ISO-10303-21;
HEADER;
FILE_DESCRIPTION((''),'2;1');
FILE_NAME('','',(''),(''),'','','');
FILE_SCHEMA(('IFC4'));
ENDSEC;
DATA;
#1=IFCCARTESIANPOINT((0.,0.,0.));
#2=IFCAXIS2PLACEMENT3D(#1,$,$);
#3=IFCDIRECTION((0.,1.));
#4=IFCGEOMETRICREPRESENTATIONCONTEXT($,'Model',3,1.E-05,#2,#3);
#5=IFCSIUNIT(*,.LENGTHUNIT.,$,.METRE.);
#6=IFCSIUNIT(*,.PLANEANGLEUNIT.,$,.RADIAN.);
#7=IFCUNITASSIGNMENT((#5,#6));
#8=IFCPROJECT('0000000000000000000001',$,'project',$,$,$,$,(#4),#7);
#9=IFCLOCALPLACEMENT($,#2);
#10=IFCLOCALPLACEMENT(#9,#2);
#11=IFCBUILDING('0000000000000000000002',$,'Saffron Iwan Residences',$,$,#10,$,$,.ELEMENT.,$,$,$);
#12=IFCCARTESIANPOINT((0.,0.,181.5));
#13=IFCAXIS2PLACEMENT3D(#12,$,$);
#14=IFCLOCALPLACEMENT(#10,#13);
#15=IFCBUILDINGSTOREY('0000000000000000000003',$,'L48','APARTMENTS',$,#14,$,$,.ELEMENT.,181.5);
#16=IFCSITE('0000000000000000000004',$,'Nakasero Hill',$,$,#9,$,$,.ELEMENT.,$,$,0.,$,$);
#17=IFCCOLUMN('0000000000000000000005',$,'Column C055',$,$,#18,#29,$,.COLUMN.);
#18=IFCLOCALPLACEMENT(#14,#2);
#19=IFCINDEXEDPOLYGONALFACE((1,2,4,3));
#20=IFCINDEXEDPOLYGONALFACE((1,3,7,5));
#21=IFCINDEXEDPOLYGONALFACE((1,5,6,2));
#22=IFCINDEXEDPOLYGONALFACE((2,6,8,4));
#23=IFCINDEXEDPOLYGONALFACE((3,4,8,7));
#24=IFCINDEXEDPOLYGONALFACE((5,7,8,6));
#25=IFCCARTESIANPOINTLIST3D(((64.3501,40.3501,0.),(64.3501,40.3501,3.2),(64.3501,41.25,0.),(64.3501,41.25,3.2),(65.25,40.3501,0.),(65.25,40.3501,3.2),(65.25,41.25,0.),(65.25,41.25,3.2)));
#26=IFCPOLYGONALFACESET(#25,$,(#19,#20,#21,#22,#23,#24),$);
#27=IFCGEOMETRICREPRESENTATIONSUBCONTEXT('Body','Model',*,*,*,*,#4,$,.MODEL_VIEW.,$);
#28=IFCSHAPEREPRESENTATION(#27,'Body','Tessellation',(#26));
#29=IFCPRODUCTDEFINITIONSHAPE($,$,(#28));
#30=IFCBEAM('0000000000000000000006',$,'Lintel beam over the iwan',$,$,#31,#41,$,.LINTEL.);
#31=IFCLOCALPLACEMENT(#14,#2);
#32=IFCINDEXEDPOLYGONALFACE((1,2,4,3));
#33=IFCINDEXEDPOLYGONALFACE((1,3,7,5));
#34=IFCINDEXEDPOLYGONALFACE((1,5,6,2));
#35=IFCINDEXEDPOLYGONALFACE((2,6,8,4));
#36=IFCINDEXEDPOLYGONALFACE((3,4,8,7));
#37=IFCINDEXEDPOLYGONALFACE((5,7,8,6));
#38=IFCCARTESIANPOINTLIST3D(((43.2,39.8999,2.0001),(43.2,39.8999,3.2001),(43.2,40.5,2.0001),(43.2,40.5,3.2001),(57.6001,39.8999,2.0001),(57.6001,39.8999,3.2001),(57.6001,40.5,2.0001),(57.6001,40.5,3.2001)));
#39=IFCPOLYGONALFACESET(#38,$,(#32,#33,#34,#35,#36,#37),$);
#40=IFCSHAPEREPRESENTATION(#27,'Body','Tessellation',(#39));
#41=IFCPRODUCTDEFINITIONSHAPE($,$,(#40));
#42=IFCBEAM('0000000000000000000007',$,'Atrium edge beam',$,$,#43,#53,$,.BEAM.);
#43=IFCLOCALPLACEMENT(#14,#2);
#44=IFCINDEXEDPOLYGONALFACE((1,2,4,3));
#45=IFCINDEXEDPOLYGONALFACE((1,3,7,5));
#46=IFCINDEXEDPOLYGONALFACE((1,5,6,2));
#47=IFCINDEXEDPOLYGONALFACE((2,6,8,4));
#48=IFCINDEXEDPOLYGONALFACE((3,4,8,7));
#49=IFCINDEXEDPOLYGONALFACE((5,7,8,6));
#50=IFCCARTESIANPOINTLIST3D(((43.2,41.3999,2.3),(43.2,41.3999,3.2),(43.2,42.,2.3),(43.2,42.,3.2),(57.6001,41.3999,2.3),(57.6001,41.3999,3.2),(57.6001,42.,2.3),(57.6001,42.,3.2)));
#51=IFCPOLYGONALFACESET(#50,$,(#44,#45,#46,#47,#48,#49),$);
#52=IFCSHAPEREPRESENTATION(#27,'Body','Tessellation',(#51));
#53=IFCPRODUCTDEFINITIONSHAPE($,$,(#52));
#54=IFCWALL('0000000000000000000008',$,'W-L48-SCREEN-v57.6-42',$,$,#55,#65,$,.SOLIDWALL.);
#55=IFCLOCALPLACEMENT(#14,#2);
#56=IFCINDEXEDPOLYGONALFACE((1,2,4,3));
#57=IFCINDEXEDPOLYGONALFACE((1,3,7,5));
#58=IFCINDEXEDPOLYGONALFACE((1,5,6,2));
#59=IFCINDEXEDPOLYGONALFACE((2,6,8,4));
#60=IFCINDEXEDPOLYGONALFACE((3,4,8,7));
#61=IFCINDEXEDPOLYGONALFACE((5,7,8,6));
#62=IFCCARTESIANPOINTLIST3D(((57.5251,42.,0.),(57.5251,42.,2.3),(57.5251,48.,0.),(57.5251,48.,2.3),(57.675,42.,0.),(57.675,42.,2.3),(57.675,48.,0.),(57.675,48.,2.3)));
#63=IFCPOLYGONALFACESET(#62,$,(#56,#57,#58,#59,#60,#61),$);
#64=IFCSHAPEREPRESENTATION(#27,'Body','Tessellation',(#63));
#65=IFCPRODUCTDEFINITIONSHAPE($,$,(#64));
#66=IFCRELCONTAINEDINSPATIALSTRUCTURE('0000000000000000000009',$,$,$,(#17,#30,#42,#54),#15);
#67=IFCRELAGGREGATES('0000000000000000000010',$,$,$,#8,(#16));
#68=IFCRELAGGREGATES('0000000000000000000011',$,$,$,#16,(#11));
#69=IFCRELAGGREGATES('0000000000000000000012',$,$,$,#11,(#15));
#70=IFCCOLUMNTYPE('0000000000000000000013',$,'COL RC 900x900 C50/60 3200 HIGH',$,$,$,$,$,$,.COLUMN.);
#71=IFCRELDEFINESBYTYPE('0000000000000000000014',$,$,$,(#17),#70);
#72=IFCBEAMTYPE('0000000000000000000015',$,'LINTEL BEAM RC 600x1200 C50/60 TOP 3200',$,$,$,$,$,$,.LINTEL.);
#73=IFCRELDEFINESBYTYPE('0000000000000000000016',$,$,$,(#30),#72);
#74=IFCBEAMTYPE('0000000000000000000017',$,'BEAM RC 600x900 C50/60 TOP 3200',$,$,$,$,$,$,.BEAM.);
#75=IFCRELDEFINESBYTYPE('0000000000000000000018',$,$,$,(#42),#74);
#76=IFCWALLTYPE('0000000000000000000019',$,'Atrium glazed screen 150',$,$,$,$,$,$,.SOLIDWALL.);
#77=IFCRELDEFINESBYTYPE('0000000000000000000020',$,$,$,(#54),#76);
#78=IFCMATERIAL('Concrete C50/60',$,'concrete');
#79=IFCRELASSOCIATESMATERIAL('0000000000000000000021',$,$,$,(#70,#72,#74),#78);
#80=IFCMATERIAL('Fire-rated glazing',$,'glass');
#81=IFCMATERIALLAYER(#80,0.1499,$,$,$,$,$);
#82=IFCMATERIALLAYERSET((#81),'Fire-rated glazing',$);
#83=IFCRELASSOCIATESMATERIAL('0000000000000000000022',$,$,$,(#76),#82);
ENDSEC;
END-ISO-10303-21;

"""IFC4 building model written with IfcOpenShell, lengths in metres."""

from ifc_helpers import new_model, si_unit, direction, frame, frame_2d, origin, origin_2d, place, context, subcontext, project, spatial, rectangle, extrude, source, transform, mapped, material, layer, layer_set, material_profile, profile_set, type_object, element, save


model = new_model("IFC4")

# Units and contexts
model_context = context("Model", 3, precision=1e-05, world=origin(), true_north=direction((0.0, 1.0)))
body_context = subcontext(model_context, "Body", "Model", "MODEL_VIEW")
ifc_project = project(units=[si_unit("LENGTHUNIT", "METRE"), si_unit("PLANEANGLEUNIT", "RADIAN")], contexts=[model_context])

# Site, building, storey
site_placement = place(None, origin())
site = spatial("IfcSite", under=ifc_project, at=site_placement, Name="Nakasero Hill", CompositionType="ELEMENT", RefElevation=0.0)
building_placement = place(site_placement, origin())
building = spatial("IfcBuilding", under=site, at=building_placement, Name="Saffron Iwan Residences", CompositionType="ELEMENT")
storey_placement = place(building_placement, frame((0.0, 0.0, 181.5)))
storey = spatial("IfcBuildingStorey", under=building, at=storey_placement, Name="L48", Description="APARTMENTS", CompositionType="ELEMENT", Elevation=181.5)

# Column
ifc_material_1 = material(Name="Concrete C50/60", Category="concrete")
ifc_material_profile_1 = material_profile(ifc_material_1, rectangle(XDim=0.8999, YDim=0.8999, at=origin_2d()), Name="RC 900x900")
ifc_profile_set_1 = profile_set([ifc_material_profile_1], Name="Concrete C50/60")
column_type = type_object("IfcColumnType", Name="COL RC 900x900 C50/60 3200 HIGH", PredefinedType="COLUMN", material=ifc_profile_set_1)
shared_shape_1 = source(origin(), body_context, "Body", "SweptSolid", [
    extrude(rectangle(XDim=0.8999, YDim=0.8999, at=origin_2d()), origin(), (0.0, 0.0, 1.0), 3.2),
])
column_placement = place(storey_placement, frame((64.8, 40.8, 0.0), z_axis=(0.0, 0.0, 1.0), x_axis=(1.0, 0.0, 0.0)))
element("IfcColumn", 1, at=column_placement, inside=storey, type_object=column_type, Name="Column C055", PredefinedType="COLUMN", context=body_context, shape_type="MappedRepresentation", body=[
    mapped(shared_shape_1, transform((0.0, 0.0, 0.0))),
])

# Beams
ifc_material_profile_2 = material_profile(ifc_material_1, rectangle(XDim=0.6001, YDim=1.2, at=origin_2d()), Name="RC 600x1200")
ifc_profile_set_2 = profile_set([ifc_material_profile_2], Name="Concrete C50/60")
beam_type_1 = type_object("IfcBeamType", Name="LINTEL BEAM RC 600x1200 C50/60 TOP 3200", PredefinedType="LINTEL", material=ifc_profile_set_2)
shared_shape_2 = source(origin(), body_context, "Body", "SweptSolid", [
    extrude(rectangle(XDim=0.6001, YDim=1.2, at=origin_2d()), origin(), (0.0, 0.0, 1.0), 14.4001),
])
beam_1_placement = place(storey_placement, frame((57.6001, 40.2, 2.6001), z_axis=(-1.0, 0.0, 0.0), x_axis=(0.0, -1.0, 0.0)))
element("IfcBeam", 2, at=beam_1_placement, inside=storey, type_object=beam_type_1, Name="Lintel beam over the iwan", PredefinedType="LINTEL", context=body_context, shape_type="MappedRepresentation", body=[
    mapped(shared_shape_2, transform((0.0, 0.0, 0.0))),
])
ifc_material_profile_3 = material_profile(ifc_material_1, rectangle(XDim=0.6001, YDim=0.8999, at=origin_2d()), Name="RC 600x900")
ifc_profile_set_3 = profile_set([ifc_material_profile_3], Name="Concrete C50/60")
beam_type_2 = type_object("IfcBeamType", Name="BEAM RC 600x900 C50/60 TOP 3200", PredefinedType="BEAM", material=ifc_profile_set_3)
shared_shape_3 = source(origin(), body_context, "Body", "SweptSolid", [
    extrude(rectangle(XDim=0.6001, YDim=0.8999, at=origin_2d()), origin(), (0.0, 0.0, 1.0), 14.4001),
])
beam_2_placement = place(storey_placement, frame((57.6001, 41.7, 2.75), z_axis=(-1.0, 0.0, 0.0), x_axis=(0.0, -1.0, 0.0)))
element("IfcBeam", 3, at=beam_2_placement, inside=storey, type_object=beam_type_2, Name="Atrium edge beam", PredefinedType="BEAM", context=body_context, shape_type="MappedRepresentation", body=[
    mapped(shared_shape_3, transform((0.0, 0.0, 0.0))),
])

# Wall
ifc_material_2 = material(Name="Fire-rated glazing", Category="glass")
ifc_layer_1 = layer(ifc_material_2, 0.1499)
ifc_layer_set_1 = layer_set([ifc_layer_1], Name="Fire-rated glazing")
wall_type_1 = type_object("IfcWallType", Name="Atrium glazed screen 150", PredefinedType="SOLIDWALL", material=ifc_layer_set_1)
wall_1_placement = place(storey_placement, frame((57.6001, 42.0, 0.0), z_axis=(0.0, 0.0, 1.0), x_axis=(0.0, 1.0, 0.0)))
element("IfcWall", 4, at=wall_1_placement, inside=storey, type_object=wall_type_1, Name="W-L48-SCREEN-v57.6-42", PredefinedType="SOLIDWALL", context=body_context, shape_type="SweptSolid", body=[
    extrude(rectangle(XDim=6.0, YDim=0.1499, at=frame_2d((3.0, 0.0))), origin(), (0.0, 0.0, 1.0), 2.3),
])

save(model, "model.ifc")
